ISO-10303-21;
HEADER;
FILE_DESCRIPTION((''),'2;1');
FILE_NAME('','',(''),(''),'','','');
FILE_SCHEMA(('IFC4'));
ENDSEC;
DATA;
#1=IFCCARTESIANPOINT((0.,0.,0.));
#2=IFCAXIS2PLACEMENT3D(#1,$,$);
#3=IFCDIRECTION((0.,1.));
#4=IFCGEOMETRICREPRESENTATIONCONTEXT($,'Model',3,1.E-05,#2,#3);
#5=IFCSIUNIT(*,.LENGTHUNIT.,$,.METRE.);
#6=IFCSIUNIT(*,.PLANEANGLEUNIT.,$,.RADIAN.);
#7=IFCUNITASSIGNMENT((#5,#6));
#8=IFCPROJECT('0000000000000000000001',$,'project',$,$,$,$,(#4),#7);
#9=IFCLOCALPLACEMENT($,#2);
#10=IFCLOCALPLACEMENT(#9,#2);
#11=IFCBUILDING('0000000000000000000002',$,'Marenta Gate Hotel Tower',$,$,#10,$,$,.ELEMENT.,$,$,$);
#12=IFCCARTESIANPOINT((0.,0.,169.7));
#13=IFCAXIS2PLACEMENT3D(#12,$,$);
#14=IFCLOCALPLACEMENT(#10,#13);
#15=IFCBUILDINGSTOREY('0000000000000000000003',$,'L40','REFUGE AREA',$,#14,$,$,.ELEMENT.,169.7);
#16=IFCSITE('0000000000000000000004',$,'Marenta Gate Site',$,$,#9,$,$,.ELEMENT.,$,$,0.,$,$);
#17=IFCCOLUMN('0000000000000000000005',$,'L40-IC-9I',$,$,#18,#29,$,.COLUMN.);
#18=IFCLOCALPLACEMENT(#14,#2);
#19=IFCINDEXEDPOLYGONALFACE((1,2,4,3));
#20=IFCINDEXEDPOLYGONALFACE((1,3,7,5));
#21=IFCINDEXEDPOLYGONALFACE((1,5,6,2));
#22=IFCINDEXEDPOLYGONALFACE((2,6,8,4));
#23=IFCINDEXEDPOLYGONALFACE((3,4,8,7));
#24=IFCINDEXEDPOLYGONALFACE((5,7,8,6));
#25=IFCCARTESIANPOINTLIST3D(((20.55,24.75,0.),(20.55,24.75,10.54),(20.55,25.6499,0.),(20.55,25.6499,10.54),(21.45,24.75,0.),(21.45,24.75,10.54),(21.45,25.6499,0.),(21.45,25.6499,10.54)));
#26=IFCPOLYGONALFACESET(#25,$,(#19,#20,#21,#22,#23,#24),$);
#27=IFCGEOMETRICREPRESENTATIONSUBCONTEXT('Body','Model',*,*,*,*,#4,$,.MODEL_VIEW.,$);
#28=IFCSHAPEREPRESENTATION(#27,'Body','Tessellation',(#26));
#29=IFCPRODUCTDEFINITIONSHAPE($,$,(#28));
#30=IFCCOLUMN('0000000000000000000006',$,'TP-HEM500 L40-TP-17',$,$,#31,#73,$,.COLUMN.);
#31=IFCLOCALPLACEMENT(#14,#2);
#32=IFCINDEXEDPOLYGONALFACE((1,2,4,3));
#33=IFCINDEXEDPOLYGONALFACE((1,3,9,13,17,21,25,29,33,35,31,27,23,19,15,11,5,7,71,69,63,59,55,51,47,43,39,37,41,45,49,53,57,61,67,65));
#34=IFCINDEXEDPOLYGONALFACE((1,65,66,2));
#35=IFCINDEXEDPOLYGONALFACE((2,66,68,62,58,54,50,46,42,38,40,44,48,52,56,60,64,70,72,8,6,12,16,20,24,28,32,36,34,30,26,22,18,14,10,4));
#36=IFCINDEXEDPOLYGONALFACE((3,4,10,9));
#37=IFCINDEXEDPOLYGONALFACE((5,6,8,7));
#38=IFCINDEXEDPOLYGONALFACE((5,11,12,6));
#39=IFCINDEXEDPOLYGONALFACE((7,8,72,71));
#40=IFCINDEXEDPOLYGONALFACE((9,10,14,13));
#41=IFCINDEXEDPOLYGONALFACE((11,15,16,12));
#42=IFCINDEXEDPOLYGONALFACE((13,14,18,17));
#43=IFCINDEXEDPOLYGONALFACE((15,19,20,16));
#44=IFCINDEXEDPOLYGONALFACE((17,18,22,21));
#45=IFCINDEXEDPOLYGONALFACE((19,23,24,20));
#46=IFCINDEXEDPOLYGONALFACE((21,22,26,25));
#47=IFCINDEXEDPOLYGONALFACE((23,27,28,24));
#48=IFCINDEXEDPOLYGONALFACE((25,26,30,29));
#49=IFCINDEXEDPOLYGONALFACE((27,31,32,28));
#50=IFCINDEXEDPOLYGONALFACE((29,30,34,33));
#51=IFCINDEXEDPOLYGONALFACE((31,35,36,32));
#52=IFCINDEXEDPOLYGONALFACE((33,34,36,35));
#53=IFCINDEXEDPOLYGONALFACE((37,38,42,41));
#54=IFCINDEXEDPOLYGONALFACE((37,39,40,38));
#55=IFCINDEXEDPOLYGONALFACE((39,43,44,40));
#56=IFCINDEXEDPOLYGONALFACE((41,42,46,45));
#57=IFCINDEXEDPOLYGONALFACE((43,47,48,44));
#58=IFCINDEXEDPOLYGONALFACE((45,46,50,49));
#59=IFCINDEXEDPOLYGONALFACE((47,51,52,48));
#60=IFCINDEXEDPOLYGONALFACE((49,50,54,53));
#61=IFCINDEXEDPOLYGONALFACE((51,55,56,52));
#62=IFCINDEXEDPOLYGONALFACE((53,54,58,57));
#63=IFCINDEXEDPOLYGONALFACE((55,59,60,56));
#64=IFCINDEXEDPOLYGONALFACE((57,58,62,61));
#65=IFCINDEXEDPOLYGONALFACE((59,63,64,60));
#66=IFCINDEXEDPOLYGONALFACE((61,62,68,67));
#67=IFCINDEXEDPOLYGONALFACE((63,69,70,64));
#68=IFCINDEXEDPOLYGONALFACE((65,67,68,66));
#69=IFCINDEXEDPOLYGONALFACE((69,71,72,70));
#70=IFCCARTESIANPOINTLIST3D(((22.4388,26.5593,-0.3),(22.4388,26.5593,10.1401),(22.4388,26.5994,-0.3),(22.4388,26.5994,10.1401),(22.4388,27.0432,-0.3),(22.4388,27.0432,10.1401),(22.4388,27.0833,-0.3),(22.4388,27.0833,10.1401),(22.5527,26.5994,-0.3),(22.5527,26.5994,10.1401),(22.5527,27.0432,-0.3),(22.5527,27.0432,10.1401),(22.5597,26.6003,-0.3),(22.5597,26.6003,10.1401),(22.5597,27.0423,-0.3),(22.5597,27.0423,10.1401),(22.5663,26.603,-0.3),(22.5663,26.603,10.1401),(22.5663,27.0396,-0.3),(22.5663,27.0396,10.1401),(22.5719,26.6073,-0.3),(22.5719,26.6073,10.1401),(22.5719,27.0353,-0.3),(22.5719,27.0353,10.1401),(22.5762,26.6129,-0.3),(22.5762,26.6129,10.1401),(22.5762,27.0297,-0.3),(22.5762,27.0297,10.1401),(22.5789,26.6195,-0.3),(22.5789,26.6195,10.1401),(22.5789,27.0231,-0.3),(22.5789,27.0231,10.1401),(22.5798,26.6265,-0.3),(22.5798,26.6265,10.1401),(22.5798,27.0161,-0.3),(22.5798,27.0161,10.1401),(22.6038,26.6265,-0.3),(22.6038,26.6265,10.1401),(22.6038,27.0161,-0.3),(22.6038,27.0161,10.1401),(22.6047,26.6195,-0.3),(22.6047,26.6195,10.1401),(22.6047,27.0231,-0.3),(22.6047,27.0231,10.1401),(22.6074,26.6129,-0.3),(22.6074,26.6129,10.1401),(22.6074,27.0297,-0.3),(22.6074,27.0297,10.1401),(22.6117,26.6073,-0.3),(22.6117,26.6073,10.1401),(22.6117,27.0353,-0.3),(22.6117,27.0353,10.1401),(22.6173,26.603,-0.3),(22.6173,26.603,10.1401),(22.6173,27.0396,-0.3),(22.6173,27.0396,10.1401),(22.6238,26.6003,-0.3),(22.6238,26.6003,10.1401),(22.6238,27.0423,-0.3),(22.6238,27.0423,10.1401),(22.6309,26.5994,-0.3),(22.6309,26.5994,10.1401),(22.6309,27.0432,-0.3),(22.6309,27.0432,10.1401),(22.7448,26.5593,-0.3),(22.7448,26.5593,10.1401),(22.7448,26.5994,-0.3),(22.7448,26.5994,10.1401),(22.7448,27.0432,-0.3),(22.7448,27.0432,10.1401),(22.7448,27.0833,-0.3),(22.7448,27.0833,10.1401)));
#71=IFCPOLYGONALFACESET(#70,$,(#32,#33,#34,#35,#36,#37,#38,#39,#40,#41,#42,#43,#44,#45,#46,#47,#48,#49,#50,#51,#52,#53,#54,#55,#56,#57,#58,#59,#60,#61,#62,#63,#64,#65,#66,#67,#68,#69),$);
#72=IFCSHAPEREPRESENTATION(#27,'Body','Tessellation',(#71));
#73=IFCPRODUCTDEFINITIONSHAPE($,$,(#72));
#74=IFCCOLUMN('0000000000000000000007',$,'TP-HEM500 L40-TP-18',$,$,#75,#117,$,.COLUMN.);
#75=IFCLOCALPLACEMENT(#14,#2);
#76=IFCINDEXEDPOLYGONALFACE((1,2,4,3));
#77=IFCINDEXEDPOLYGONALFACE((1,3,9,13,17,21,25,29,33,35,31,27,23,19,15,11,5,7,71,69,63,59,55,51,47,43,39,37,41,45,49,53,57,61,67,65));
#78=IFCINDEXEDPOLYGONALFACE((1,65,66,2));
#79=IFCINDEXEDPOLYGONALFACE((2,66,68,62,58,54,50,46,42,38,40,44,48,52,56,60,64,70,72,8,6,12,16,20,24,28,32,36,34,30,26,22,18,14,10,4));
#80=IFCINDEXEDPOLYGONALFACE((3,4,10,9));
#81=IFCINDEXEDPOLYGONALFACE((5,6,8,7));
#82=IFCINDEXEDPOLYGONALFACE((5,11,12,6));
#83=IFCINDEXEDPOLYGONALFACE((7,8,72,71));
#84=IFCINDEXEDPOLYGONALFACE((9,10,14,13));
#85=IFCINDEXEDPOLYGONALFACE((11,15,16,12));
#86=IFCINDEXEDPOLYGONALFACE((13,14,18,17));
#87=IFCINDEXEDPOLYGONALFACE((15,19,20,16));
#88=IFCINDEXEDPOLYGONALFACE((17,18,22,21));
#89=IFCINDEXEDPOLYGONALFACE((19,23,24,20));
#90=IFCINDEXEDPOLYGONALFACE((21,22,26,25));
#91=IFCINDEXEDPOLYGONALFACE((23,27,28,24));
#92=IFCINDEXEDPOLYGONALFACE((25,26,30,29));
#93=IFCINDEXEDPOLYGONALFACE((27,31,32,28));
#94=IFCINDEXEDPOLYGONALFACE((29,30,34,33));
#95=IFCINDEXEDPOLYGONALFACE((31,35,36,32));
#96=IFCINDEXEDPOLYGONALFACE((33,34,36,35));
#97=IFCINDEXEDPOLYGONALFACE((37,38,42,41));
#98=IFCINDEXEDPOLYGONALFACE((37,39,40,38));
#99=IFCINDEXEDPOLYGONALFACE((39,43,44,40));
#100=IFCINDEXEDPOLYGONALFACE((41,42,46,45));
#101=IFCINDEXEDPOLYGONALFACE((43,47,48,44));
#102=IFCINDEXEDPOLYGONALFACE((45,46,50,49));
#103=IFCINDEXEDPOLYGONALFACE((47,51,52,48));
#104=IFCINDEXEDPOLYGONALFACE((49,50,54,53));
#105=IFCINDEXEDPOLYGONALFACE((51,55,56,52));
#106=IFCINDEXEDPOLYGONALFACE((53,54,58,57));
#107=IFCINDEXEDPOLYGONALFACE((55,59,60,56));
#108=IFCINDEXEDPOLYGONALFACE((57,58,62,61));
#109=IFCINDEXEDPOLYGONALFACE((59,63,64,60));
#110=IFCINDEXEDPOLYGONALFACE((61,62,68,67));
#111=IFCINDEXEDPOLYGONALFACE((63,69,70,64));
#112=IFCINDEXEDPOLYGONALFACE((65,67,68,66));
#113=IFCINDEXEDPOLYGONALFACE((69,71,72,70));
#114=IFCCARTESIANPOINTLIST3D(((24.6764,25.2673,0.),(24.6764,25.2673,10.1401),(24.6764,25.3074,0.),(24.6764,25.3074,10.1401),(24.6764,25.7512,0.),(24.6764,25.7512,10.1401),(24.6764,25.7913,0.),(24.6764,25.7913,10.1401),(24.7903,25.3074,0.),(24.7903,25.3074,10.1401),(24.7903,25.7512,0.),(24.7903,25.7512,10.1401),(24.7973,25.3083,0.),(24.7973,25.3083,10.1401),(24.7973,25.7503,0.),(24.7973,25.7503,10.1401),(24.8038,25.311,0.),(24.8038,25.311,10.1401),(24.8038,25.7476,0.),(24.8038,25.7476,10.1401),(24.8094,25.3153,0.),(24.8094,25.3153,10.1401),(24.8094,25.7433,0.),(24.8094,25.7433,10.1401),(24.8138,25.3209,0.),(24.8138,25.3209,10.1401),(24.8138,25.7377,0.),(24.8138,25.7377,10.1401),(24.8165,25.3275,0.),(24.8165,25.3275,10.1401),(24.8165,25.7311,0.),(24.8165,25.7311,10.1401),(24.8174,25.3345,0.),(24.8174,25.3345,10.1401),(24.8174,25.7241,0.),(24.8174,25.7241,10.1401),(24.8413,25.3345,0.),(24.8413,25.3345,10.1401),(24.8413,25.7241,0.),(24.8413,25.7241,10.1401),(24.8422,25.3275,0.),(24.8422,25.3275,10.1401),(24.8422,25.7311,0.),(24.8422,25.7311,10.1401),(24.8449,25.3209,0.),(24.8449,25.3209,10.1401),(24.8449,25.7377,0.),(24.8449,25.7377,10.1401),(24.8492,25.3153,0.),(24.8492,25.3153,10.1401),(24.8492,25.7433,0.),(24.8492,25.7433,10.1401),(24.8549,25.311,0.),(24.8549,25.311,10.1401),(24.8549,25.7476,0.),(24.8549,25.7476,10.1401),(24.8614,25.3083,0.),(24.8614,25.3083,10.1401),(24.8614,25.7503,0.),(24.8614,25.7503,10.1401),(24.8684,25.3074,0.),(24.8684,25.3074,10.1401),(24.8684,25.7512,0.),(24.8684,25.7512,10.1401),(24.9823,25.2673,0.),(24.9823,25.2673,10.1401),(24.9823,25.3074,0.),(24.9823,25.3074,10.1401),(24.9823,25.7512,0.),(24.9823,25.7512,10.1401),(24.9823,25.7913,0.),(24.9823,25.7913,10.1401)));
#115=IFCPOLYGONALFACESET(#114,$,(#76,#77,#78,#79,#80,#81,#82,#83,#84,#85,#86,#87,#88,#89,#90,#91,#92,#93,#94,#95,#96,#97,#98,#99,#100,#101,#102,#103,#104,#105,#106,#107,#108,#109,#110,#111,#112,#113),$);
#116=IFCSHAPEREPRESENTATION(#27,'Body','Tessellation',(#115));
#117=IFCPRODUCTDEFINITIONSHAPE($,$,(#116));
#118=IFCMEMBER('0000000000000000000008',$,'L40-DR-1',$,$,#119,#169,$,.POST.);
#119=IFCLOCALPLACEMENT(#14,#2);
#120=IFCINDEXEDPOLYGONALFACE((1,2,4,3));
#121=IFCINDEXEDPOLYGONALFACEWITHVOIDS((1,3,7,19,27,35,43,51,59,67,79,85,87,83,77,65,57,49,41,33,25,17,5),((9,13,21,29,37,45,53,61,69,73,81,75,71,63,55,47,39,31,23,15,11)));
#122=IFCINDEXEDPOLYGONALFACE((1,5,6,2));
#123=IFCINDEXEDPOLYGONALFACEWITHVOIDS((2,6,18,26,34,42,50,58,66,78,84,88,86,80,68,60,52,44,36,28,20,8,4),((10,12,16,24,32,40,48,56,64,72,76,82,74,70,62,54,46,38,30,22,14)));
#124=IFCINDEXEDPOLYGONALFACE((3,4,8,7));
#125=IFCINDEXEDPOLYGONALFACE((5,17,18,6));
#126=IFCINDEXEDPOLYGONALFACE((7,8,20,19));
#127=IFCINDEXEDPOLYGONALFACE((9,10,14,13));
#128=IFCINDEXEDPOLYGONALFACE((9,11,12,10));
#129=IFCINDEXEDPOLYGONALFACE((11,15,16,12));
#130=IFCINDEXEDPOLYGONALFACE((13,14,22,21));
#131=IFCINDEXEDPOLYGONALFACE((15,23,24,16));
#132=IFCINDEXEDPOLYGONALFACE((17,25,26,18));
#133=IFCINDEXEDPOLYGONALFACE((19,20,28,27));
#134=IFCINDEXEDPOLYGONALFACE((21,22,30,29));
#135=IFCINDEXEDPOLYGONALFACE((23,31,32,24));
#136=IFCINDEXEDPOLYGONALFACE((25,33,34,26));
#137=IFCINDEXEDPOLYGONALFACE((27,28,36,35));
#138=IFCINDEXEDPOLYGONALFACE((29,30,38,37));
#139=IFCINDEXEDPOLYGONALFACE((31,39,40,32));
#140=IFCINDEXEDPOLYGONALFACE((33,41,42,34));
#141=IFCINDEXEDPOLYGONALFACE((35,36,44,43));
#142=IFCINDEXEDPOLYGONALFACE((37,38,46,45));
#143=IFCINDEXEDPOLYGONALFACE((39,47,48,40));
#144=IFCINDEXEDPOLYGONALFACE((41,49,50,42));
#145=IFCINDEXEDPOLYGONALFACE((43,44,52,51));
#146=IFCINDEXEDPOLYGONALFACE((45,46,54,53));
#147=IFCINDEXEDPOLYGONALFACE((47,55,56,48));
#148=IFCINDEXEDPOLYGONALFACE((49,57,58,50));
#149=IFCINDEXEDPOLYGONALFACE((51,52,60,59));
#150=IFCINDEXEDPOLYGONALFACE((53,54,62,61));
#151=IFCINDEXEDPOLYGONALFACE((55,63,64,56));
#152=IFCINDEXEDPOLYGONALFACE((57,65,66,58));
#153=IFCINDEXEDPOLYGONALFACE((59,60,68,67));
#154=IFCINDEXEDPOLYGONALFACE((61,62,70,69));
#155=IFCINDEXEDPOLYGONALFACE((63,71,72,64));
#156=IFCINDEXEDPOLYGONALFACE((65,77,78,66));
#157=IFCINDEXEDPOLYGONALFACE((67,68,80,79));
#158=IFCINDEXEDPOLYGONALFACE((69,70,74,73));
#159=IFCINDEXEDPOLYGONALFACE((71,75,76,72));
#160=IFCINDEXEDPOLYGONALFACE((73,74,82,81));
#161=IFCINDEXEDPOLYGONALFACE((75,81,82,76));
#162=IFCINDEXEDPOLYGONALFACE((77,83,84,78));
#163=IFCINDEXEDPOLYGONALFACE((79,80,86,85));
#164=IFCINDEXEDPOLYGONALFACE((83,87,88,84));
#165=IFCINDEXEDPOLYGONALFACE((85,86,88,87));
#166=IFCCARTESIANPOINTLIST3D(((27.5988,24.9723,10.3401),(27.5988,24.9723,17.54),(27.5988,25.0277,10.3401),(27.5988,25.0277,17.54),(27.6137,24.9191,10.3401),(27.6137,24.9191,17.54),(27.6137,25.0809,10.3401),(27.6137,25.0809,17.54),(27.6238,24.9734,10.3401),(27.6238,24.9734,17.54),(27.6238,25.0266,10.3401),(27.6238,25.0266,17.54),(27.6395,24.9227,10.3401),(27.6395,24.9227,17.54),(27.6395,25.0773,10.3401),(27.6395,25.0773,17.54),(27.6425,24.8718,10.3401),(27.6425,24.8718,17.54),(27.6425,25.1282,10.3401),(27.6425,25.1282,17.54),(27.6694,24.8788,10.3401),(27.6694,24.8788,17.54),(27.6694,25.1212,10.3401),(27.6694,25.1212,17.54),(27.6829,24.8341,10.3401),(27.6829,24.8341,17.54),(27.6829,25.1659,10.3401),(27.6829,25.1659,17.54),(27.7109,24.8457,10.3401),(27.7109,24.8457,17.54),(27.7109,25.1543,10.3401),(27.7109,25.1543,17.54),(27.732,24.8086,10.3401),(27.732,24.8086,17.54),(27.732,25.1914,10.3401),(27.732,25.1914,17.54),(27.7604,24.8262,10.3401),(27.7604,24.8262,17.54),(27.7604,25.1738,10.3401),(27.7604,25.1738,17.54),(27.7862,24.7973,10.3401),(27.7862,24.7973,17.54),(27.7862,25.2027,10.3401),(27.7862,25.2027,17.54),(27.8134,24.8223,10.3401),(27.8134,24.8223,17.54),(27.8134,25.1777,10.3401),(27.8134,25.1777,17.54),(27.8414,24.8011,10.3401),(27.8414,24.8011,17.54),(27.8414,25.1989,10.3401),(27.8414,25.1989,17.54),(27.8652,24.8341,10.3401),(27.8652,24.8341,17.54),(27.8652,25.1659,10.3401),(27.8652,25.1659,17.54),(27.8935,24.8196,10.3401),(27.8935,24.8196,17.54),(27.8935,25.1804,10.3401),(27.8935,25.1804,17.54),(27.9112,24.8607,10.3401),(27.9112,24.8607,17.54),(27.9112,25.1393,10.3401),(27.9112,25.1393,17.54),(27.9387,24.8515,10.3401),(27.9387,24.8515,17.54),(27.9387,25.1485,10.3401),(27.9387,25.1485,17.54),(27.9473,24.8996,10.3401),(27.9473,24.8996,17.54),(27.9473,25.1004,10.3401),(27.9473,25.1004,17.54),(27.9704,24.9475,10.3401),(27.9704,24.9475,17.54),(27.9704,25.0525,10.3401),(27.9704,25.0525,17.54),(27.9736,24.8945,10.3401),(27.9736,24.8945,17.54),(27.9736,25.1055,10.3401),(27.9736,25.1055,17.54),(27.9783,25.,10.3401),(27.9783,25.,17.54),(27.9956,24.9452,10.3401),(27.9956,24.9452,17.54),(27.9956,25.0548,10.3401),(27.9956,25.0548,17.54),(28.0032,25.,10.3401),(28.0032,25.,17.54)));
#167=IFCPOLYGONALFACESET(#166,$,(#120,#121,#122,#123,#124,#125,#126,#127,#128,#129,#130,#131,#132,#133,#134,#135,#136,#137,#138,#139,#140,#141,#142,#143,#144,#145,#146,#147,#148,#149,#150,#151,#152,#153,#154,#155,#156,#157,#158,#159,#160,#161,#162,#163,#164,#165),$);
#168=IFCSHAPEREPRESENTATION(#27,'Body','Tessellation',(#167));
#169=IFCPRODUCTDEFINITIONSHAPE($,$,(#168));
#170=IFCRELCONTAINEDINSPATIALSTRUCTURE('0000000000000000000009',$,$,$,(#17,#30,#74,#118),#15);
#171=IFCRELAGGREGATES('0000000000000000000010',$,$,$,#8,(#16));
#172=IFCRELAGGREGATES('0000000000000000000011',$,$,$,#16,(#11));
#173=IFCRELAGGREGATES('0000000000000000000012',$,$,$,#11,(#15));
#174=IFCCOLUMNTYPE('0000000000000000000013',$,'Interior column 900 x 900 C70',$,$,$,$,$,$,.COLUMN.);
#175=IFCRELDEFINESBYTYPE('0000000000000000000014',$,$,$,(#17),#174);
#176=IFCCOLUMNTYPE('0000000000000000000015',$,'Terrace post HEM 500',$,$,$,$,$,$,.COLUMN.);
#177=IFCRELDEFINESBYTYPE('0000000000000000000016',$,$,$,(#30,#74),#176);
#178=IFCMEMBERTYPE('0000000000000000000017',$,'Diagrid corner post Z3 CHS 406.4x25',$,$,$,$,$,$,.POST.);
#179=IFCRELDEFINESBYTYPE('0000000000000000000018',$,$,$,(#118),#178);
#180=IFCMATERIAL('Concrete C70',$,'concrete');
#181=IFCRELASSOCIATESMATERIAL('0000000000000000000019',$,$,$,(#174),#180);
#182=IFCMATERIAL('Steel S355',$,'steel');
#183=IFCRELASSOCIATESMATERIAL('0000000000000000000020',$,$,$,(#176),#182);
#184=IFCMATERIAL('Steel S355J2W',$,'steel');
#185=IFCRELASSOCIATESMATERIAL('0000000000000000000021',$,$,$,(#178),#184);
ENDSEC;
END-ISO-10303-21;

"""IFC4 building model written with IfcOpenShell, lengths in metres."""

from ifc_helpers import new_model, si_unit, direction, frame, origin, origin_2d, place, context, subcontext, project, spatial, rectangle, hollow_circle, i_section, extrude, material, material_profile, profile_set, type_object, element, save


model = new_model("IFC4")

# Units and contexts
model_context = context("Model", 3, precision=1e-05, world=origin(), true_north=direction((0.0, 1.0)))
body_context = subcontext(model_context, "Body", "Model", "MODEL_VIEW")
ifc_project = project(units=[si_unit("LENGTHUNIT", "METRE"), si_unit("PLANEANGLEUNIT", "RADIAN")], contexts=[model_context])

# Site, building, storey
site_placement = place(None, origin())
site = spatial("IfcSite", under=ifc_project, at=site_placement, Name="Marenta Gate Site", CompositionType="ELEMENT", RefElevation=0.0)
building_placement = place(site_placement, origin())
building = spatial("IfcBuilding", under=site, at=building_placement, Name="Marenta Gate Hotel Tower", CompositionType="ELEMENT")
storey_placement = place(building_placement, frame((0.0, 0.0, 169.7)))
storey = spatial("IfcBuildingStorey", under=building, at=storey_placement, Name="L40", Description="REFUGE AREA", CompositionType="ELEMENT", Elevation=169.7)

# Columns
ifc_material_1 = material(Name="Concrete C70", Category="concrete")
ifc_material_profile_1 = material_profile(ifc_material_1, rectangle(XDim=0.8999, YDim=0.8999, at=origin_2d()), Name="900 x 900")
ifc_profile_set_1 = profile_set([ifc_material_profile_1], Name="Concrete C70")
column_type_1 = type_object("IfcColumnType", Name="Interior column 900 x 900 C70", PredefinedType="COLUMN", material=ifc_profile_set_1)
column_1_placement = place(storey_placement, frame((21.0, 25.2, 0.0), z_axis=(0.0, 0.0, 1.0), x_axis=(1.0, 0.0, 0.0)))
element("IfcColumn", 1, at=column_1_placement, inside=storey, type_object=column_type_1, Name="L40-IC-9I", PredefinedType="COLUMN", context=body_context, shape_type="SweptSolid", body=[
    extrude(rectangle(XDim=0.8999, YDim=0.8999, at=origin_2d()), origin(), (0.0, 0.0, 1.0), 10.54),
])
ifc_material_2 = material(Name="Steel S355", Category="steel")
ifc_material_profile_2 = material_profile(ifc_material_2, i_section(OverallWidth=0.3059, OverallDepth=0.5239, WebThickness=0.0239, FlangeThickness=0.04, FilletRadius=0.0271, at=origin_2d()), Name="HEM 500")
ifc_profile_set_2 = profile_set([ifc_material_profile_2], Name="Steel S355")
column_type_2 = type_object("IfcColumnType", Name="Terrace post HEM 500", PredefinedType="COLUMN", material=ifc_profile_set_2)
column_2_placement = place(storey_placement, frame((22.5918, 26.8213, -0.3), z_axis=(0.0, 0.0, 1.0), x_axis=(1.0, 0.0, 0.0)))
element("IfcColumn", 2, at=column_2_placement, inside=storey, type_object=column_type_2, Name="TP-HEM500 L40-TP-17", PredefinedType="COLUMN", context=body_context, shape_type="SweptSolid", body=[
    extrude(i_section(OverallWidth=0.3059, OverallDepth=0.5239, WebThickness=0.0239, FlangeThickness=0.04, FilletRadius=0.0271, at=origin_2d()), origin(), (0.0, 0.0, 1.0), 10.4402),
])
column_3_placement = place(storey_placement, frame((24.8293, 25.5293, 0.0), z_axis=(0.0, 0.0, 1.0), x_axis=(1.0, 0.0, 0.0)))
element("IfcColumn", 3, at=column_3_placement, inside=storey, type_object=column_type_2, Name="TP-HEM500 L40-TP-18", PredefinedType="COLUMN", context=body_context, shape_type="SweptSolid", body=[
    extrude(i_section(OverallWidth=0.3059, OverallDepth=0.5239, WebThickness=0.0239, FlangeThickness=0.04, FilletRadius=0.0271, at=origin_2d()), origin(), (0.0, 0.0, 1.0), 10.1401),
])

# Member
ifc_material_3 = material(Name="Steel S355J2W", Category="steel")
ifc_material_profile_3 = material_profile(ifc_material_3, hollow_circle(Radius=0.2031, WallThickness=0.0249, at=origin_2d()), Name="CHS 406.4x25")
ifc_profile_set_3 = profile_set([ifc_material_profile_3], Name="Steel S355J2W")
member_type_1 = type_object("IfcMemberType", Name="Diagrid corner post Z3 CHS 406.4x25", PredefinedType="POST", material=ifc_profile_set_3)
member_1_placement = place(storey_placement, frame((27.8, 25.0, 10.3401), z_axis=(0.0, 0.0, 1.0), x_axis=(1.0, 0.0, 0.0)))
element("IfcMember", 4, at=member_1_placement, inside=storey, type_object=member_type_1, Name="L40-DR-1", PredefinedType="POST", context=body_context, shape_type="SweptSolid", body=[
    extrude(hollow_circle(Radius=0.2031, WallThickness=0.0249, at=origin_2d()), origin(), (0.0, 0.0, 1.0), 7.2),
])

save(model, "model.ifc")
